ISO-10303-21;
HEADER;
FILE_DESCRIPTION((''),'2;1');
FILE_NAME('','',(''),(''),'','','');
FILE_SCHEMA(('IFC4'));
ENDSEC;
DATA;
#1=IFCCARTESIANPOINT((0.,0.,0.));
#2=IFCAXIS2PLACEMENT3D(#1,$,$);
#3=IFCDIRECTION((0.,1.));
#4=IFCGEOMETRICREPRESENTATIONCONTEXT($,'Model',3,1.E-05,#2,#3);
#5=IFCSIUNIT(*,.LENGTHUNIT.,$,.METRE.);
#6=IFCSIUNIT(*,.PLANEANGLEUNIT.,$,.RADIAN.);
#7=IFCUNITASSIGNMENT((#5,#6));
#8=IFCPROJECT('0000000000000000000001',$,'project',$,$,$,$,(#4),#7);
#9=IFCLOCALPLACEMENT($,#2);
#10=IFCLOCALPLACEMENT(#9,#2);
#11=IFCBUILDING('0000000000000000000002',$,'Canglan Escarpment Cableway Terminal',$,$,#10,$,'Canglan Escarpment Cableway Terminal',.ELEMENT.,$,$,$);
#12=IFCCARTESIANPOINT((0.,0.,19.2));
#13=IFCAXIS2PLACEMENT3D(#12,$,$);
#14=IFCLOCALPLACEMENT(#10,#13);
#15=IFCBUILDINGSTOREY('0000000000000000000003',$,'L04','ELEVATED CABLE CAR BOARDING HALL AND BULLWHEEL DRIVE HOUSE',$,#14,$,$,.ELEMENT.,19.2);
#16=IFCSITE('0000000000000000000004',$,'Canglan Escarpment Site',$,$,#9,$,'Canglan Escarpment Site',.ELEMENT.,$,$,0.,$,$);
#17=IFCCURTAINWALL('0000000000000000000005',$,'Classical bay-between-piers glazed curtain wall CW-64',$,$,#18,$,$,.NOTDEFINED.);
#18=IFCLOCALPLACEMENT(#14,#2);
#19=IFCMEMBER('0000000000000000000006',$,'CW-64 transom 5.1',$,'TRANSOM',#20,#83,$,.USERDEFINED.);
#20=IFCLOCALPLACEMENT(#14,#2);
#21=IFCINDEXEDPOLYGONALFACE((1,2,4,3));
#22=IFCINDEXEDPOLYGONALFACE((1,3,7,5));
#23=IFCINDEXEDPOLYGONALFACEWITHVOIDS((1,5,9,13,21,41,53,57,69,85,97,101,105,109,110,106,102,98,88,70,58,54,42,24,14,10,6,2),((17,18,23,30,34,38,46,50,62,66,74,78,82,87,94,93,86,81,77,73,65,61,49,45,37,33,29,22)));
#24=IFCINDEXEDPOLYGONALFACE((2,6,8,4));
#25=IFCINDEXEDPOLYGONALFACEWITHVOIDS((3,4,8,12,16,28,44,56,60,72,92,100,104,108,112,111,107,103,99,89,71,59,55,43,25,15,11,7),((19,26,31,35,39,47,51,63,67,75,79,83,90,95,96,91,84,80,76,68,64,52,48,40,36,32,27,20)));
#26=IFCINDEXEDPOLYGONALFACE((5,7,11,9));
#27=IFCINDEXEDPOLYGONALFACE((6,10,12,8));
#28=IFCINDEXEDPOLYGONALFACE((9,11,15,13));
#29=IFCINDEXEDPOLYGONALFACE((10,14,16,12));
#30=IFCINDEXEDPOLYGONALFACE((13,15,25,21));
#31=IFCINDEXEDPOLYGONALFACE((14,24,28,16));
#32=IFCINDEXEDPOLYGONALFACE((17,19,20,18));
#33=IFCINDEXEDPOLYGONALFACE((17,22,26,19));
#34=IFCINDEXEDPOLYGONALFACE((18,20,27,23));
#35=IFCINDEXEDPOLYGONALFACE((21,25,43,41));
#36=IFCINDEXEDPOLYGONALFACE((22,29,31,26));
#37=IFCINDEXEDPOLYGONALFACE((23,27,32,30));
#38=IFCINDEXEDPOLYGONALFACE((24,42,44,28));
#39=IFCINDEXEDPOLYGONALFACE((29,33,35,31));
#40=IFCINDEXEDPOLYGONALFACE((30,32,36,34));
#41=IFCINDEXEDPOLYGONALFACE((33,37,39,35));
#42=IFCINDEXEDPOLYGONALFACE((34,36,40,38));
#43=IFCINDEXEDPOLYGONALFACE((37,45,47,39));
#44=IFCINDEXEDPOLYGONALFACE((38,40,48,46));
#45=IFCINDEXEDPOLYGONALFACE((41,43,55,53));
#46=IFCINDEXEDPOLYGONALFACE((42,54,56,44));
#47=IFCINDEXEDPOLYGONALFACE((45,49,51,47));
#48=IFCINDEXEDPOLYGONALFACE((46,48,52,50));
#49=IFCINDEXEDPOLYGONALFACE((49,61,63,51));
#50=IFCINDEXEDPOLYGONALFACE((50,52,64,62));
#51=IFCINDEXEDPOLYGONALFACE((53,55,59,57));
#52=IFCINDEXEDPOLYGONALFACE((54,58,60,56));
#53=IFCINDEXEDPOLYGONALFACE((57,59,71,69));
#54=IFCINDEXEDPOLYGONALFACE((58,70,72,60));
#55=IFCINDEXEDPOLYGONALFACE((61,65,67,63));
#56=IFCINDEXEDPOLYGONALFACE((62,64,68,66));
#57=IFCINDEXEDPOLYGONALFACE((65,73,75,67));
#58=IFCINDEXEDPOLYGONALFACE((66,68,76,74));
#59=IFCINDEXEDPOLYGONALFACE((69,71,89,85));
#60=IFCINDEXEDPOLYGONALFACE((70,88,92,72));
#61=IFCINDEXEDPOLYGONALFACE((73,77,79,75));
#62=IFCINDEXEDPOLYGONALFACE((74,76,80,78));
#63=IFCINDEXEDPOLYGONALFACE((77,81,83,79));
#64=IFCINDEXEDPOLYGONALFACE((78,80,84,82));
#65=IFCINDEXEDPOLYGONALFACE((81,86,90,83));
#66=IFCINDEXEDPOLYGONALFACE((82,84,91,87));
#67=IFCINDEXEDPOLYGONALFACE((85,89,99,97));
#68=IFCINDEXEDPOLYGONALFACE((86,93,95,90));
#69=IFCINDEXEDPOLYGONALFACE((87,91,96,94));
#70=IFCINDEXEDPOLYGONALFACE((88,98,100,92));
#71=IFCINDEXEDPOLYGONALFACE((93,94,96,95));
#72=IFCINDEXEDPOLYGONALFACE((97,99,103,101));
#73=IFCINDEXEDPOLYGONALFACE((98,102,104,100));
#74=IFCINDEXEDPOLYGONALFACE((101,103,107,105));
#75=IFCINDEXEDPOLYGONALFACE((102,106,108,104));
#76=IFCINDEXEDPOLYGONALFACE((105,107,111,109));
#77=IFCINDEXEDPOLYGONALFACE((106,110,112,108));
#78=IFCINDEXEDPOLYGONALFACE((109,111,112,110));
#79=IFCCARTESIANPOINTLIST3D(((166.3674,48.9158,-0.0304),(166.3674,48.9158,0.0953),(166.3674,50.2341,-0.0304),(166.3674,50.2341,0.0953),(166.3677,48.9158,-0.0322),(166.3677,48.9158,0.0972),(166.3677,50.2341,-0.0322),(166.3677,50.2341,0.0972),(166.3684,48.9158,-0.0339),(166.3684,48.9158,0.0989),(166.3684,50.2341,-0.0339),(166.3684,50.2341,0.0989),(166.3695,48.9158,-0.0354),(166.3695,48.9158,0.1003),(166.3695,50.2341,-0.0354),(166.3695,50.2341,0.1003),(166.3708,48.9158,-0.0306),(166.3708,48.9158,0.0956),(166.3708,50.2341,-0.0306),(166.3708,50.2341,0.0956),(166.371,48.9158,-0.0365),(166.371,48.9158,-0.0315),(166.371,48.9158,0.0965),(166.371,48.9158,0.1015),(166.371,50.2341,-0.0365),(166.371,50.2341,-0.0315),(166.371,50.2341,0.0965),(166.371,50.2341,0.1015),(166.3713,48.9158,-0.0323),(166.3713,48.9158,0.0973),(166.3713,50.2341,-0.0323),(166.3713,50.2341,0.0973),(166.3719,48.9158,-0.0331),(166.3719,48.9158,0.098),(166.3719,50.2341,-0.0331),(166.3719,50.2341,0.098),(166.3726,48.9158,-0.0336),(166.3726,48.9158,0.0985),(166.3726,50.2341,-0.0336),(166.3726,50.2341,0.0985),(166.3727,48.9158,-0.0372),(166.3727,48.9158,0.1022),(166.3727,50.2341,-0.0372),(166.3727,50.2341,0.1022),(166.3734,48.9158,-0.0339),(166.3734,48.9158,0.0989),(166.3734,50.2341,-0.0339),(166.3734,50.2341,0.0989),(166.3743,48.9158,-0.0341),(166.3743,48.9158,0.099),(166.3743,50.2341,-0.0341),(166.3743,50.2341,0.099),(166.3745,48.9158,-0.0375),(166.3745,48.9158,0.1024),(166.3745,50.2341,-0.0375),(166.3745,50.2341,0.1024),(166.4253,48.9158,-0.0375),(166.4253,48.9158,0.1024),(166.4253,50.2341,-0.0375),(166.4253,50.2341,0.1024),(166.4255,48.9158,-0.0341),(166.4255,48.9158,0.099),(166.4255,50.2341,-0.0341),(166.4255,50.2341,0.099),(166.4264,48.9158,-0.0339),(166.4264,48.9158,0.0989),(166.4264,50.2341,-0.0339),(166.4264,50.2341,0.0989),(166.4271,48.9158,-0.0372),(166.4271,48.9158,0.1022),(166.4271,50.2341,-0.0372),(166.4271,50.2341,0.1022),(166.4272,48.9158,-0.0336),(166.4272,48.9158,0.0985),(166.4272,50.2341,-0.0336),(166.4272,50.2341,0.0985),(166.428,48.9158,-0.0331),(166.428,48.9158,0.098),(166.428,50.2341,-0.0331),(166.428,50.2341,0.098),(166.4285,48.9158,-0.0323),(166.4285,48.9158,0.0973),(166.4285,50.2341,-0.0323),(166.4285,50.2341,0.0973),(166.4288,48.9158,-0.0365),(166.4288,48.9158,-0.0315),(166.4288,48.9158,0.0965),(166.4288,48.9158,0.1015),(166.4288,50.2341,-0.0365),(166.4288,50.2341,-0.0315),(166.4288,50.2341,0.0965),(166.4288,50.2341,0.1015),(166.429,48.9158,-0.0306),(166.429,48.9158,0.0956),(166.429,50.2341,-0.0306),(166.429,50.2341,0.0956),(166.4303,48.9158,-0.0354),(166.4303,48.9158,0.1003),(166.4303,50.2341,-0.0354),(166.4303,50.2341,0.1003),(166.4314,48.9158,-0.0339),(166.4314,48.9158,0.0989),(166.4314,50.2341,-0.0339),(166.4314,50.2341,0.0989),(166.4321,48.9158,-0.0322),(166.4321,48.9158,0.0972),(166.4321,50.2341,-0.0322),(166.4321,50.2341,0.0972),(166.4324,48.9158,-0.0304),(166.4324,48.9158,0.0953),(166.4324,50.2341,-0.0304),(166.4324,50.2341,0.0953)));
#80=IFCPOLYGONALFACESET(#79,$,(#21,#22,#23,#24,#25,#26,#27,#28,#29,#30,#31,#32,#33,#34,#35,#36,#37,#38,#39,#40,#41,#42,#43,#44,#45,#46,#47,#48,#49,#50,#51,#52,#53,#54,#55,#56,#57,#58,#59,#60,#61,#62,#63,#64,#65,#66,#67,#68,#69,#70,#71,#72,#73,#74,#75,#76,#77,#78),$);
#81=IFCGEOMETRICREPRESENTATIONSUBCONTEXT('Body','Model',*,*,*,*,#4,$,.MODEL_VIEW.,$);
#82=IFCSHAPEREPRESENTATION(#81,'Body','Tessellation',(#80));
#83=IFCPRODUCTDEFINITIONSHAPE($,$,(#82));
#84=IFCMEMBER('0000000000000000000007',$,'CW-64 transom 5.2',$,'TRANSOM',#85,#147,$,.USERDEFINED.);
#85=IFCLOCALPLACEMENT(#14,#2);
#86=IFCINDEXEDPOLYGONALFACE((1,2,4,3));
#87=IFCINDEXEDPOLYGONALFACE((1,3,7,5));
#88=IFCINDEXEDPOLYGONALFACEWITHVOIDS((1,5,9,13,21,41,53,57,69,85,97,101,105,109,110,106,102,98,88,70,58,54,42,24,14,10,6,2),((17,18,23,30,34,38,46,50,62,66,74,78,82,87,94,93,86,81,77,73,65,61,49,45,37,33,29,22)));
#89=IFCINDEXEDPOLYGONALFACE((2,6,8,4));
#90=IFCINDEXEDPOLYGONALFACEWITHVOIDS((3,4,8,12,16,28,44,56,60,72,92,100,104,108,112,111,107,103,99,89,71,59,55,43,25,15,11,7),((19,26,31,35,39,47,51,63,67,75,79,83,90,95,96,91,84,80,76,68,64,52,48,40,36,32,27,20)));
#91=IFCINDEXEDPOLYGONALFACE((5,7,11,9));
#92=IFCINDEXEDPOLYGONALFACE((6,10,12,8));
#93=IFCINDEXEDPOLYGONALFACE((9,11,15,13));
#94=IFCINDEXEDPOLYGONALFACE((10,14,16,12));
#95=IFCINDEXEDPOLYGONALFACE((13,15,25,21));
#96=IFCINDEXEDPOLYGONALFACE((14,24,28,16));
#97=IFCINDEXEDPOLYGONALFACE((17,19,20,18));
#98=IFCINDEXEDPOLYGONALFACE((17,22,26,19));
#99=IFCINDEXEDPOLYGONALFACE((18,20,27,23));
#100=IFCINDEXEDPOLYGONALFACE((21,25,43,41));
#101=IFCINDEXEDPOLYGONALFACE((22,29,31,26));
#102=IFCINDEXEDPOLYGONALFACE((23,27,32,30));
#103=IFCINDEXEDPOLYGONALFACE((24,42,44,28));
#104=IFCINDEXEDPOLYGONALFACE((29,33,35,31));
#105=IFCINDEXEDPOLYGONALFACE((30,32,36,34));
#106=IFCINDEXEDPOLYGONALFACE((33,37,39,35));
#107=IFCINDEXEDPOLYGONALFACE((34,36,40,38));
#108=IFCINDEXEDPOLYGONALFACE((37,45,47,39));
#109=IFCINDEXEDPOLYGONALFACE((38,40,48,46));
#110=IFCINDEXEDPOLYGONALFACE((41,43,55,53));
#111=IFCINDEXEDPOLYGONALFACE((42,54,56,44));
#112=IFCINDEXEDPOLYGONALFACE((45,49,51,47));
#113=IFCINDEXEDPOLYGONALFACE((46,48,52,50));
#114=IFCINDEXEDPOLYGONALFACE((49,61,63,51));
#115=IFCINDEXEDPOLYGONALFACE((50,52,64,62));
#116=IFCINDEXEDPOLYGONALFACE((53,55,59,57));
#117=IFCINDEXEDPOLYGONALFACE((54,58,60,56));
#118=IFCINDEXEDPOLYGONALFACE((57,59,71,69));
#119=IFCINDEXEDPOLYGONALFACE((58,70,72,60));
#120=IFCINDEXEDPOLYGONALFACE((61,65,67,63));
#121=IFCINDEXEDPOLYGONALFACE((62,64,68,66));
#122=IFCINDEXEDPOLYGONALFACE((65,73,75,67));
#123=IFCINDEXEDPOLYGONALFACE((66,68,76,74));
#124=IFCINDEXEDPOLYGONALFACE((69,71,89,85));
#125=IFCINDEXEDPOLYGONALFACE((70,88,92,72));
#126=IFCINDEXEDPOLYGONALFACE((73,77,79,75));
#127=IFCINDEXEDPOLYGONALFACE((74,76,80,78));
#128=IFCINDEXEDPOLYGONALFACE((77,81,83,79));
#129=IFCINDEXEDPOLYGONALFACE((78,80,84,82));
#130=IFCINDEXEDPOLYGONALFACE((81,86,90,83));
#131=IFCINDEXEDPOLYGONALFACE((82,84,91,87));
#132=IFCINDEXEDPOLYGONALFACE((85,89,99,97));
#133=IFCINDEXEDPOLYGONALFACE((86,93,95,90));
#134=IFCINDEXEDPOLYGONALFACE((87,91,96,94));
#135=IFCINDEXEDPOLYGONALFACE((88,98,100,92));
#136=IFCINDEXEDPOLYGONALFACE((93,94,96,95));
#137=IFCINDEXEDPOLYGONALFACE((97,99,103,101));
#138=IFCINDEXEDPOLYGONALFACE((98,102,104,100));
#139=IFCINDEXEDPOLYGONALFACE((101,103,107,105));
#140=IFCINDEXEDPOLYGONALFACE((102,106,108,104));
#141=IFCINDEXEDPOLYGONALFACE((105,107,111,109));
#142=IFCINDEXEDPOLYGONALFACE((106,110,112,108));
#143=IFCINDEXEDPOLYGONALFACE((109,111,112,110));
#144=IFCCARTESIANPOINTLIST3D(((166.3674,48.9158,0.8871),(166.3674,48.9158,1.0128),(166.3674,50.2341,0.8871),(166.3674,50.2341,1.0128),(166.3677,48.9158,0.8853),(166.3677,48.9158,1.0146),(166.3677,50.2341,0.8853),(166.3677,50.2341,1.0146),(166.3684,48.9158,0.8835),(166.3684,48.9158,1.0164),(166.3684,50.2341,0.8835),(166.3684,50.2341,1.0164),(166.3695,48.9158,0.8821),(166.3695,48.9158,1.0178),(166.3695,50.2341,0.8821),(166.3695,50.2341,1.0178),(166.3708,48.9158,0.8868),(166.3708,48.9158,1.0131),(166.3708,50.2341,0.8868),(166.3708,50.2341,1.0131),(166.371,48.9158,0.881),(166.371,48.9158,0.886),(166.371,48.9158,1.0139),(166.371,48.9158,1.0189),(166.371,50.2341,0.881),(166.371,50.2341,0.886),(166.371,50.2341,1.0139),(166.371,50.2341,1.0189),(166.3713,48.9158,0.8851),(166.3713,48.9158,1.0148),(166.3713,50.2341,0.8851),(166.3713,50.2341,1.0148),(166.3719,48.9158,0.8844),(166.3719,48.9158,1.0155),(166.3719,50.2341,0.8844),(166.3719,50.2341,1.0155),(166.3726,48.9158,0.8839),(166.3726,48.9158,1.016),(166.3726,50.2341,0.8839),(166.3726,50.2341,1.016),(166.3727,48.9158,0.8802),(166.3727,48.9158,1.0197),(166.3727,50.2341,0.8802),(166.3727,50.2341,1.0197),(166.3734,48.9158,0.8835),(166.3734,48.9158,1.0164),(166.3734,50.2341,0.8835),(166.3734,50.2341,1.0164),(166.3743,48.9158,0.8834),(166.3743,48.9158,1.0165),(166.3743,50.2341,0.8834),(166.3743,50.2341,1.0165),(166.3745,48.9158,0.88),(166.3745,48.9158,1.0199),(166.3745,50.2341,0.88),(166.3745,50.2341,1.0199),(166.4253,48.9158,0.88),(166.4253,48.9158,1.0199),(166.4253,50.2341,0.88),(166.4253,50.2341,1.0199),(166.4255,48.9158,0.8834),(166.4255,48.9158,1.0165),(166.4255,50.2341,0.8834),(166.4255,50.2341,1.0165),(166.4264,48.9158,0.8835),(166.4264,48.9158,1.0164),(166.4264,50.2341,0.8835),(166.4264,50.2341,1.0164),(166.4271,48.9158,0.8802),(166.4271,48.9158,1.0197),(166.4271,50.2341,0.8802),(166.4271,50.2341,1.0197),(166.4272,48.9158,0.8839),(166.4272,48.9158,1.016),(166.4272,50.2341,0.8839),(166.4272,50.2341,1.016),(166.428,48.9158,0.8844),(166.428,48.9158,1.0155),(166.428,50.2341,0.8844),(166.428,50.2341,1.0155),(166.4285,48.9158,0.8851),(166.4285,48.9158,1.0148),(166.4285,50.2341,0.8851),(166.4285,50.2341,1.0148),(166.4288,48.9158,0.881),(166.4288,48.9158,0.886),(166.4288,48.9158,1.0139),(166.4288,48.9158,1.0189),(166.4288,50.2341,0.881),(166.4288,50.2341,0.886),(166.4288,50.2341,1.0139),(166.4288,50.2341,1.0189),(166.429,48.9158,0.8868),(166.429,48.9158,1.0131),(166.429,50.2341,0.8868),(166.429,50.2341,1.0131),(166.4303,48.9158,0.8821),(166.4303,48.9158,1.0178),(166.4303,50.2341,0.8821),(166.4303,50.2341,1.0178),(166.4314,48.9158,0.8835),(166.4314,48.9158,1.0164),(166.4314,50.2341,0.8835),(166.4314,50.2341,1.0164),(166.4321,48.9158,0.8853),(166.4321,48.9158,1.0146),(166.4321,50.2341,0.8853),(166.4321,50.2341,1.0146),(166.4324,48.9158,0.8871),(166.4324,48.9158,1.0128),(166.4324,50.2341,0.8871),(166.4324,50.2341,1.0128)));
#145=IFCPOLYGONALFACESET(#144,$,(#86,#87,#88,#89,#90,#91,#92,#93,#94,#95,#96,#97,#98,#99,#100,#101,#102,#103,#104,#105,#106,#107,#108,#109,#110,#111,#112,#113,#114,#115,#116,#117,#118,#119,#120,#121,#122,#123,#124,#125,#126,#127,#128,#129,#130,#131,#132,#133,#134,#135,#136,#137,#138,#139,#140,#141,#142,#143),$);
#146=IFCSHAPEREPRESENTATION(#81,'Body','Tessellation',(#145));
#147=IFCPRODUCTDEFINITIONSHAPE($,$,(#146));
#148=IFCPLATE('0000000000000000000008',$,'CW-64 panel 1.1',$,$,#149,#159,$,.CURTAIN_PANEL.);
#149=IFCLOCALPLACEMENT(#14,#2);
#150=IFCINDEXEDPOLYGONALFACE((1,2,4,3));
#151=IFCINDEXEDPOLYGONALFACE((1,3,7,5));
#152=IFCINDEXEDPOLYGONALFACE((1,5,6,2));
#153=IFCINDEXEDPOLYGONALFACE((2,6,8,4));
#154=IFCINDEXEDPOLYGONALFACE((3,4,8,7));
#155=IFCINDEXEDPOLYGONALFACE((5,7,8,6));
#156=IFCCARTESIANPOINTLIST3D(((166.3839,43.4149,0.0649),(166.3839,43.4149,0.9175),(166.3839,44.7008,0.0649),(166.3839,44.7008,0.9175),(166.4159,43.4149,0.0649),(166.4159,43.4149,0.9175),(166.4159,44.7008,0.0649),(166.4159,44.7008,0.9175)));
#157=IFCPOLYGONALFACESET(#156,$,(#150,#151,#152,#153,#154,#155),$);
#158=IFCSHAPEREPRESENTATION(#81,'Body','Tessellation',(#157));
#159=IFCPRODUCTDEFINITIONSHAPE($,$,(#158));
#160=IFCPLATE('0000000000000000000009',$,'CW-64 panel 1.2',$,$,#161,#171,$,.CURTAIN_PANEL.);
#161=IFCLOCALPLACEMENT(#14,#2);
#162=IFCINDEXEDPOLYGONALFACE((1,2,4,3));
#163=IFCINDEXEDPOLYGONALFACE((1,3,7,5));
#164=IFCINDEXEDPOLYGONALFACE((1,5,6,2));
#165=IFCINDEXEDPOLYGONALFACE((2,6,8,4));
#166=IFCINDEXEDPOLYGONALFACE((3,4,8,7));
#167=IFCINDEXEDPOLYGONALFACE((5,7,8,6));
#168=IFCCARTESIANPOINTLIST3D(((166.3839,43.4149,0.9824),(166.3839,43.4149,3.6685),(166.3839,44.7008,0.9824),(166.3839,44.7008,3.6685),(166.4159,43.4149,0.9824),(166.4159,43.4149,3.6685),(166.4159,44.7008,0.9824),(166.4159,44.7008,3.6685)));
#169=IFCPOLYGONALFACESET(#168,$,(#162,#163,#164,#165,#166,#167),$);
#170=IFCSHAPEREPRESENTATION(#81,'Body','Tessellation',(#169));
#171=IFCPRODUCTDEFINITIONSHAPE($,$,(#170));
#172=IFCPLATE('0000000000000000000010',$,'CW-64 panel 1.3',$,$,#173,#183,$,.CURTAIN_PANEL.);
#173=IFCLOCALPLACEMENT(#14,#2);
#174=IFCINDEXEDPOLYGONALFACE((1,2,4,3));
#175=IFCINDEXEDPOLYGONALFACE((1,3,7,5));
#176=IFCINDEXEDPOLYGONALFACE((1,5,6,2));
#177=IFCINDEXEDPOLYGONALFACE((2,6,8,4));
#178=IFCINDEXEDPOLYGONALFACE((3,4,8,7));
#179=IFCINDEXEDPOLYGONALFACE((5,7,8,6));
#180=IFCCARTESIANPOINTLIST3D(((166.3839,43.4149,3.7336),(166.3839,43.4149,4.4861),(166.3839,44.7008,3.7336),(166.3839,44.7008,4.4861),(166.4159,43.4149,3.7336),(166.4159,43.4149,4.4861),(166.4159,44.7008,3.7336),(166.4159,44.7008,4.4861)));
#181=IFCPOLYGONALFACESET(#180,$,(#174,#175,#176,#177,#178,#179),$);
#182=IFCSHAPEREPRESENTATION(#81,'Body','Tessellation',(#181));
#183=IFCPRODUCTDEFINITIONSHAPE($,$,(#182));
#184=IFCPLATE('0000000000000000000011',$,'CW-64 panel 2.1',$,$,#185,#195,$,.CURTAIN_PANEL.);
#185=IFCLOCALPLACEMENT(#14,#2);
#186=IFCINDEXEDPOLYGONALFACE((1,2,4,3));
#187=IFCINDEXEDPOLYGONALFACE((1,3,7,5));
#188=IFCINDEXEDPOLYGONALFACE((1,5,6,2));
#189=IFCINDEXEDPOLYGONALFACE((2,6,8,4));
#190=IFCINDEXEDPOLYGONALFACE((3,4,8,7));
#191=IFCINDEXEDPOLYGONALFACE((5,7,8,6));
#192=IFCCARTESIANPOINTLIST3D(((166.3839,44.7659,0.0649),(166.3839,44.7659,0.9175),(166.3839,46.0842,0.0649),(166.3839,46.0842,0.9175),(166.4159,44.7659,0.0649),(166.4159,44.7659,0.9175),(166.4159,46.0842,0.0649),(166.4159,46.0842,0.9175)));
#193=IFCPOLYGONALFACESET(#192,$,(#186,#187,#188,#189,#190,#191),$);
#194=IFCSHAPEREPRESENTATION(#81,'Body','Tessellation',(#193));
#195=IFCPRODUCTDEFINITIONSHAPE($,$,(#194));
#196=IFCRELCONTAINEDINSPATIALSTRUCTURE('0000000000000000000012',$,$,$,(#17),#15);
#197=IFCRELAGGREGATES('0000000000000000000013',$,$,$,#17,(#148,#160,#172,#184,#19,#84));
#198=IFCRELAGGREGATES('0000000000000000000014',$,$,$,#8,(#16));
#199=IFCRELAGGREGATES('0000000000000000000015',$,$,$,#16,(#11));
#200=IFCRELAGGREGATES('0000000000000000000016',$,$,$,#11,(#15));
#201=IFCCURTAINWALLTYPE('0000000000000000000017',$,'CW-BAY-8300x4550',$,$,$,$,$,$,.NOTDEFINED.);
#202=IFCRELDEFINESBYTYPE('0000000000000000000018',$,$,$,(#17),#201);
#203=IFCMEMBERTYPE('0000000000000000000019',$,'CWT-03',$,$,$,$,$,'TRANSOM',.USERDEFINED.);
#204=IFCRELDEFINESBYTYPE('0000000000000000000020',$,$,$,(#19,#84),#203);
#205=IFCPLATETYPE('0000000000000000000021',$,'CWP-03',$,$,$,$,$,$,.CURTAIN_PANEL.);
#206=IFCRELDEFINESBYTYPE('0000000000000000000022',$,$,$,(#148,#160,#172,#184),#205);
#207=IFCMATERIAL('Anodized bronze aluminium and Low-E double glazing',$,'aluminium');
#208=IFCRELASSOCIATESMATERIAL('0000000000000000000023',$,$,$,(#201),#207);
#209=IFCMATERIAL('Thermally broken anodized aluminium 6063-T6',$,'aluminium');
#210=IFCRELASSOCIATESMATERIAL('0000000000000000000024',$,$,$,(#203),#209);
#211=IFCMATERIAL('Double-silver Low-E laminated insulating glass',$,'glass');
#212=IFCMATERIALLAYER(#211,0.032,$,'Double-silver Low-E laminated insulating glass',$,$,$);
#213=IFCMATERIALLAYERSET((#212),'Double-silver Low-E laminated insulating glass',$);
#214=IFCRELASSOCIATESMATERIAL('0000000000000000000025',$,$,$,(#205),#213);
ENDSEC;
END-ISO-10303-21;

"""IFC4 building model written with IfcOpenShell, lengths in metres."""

from ifc_helpers import new_model, si_unit, direction, frame, origin, origin_2d, place, context, subcontext, project, spatial, rectangle, hollow_rectangle, extrude, material, layer, layer_set, material_profile, profile_set, type_object, element, aggregate, save


model = new_model("IFC4")

# Units and contexts
model_context = context("Model", 3, precision=1e-05, world=origin(), true_north=direction((0.0, 1.0)))
body_context = subcontext(model_context, "Body", "Model", "MODEL_VIEW")
ifc_project = project(units=[si_unit("LENGTHUNIT", "METRE"), si_unit("PLANEANGLEUNIT", "RADIAN")], contexts=[model_context])

# Site, building, storey
site_placement = place(None, origin())
site = spatial("IfcSite", under=ifc_project, at=site_placement, Name="Canglan Escarpment Site", LongName="Canglan Escarpment Site", CompositionType="ELEMENT", RefElevation=0.0)
building_placement = place(site_placement, origin())
building = spatial("IfcBuilding", under=site, at=building_placement, Name="Canglan Escarpment Cableway Terminal", LongName="Canglan Escarpment Cableway Terminal", CompositionType="ELEMENT")
storey_placement = place(building_placement, frame((0.0, 0.0, 19.2)))
storey = spatial("IfcBuildingStorey", under=building, at=storey_placement, Name="L04", Description="ELEVATED CABLE CAR BOARDING HALL AND BULLWHEEL DRIVE HOUSE", CompositionType="ELEMENT", Elevation=19.2)

# Curtain wall, members, plates
ifc_material_1 = material(Name="Anodized bronze aluminium and Low-E double glazing", Category="aluminium")
curtain_wall_type = type_object("IfcCurtainWallType", Name="CW-BAY-8300x4550", PredefinedType="NOTDEFINED", material=ifc_material_1)
curtain_wall_placement = place(storey_placement, origin())
curtain_wall = element("IfcCurtainWall", 1, at=curtain_wall_placement, inside=storey, type_object=curtain_wall_type, Name="Classical bay-between-piers glazed curtain wall CW-64", PredefinedType="NOTDEFINED")
ifc_material_2 = material(Name="Thermally broken anodized aluminium 6063-T6", Category="aluminium")
ifc_material_profile_1 = material_profile(ifc_material_2, hollow_rectangle(XDim=0.0649, YDim=0.1399, WallThickness=0.0034, InnerFilletRadius=0.0034, OuterFilletRadius=0.0071, at=origin_2d()), Name="ALU-TRAN 65x140x3.5")
ifc_profile_set_1 = profile_set([ifc_material_profile_1], Name="Thermally broken anodized aluminium 6063-T6")
member_type_1 = type_object("IfcMemberType", Name="CWT-03", ElementType="TRANSOM", PredefinedType="USERDEFINED", material=ifc_profile_set_1)
member_1_placement = place(storey_placement, frame((166.3999, 48.9158, 0.0325), z_axis=(0.0, 1.0, 0.0), x_axis=(-1.0, 0.0, 0.0)))
member_1 = element("IfcMember", 2, at=member_1_placement, type_object=member_type_1, Name="CW-64 transom 5.1", ObjectType="TRANSOM", PredefinedType="USERDEFINED", context=body_context, shape_type="SweptSolid", body=[
    extrude(hollow_rectangle(XDim=0.0649, YDim=0.1399, WallThickness=0.0034, InnerFilletRadius=0.0034, OuterFilletRadius=0.0071, at=origin_2d()), origin(), (0.0, 0.0, 1.0), 1.3184),
])
member_2_placement = place(storey_placement, frame((166.3999, 48.9158, 0.95), z_axis=(0.0, 1.0, 0.0), x_axis=(-1.0, 0.0, 0.0)))
member_2 = element("IfcMember", 3, at=member_2_placement, type_object=member_type_1, Name="CW-64 transom 5.2", ObjectType="TRANSOM", PredefinedType="USERDEFINED", context=body_context, shape_type="SweptSolid", body=[
    extrude(hollow_rectangle(XDim=0.0649, YDim=0.1399, WallThickness=0.0034, InnerFilletRadius=0.0034, OuterFilletRadius=0.0071, at=origin_2d()), origin(), (0.0, 0.0, 1.0), 1.3184),
])
ifc_material_3 = material(Name="Double-silver Low-E laminated insulating glass", Category="glass")
ifc_layer_1 = layer(ifc_material_3, 0.032, Name="Double-silver Low-E laminated insulating glass")
ifc_layer_set_1 = layer_set([ifc_layer_1], Name="Double-silver Low-E laminated insulating glass")
plate_type = type_object("IfcPlateType", Name="CWP-03", PredefinedType="CURTAIN_PANEL", material=ifc_layer_set_1)
plate_1_placement = place(storey_placement, frame((166.3999, 44.0579, 0.0649), z_axis=(0.0, 0.0, 1.0), x_axis=(0.0, 1.0, 0.0)))
plate_1 = element("IfcPlate", 4, at=plate_1_placement, type_object=plate_type, Name="CW-64 panel 1.1", PredefinedType="CURTAIN_PANEL", context=body_context, shape_type="SweptSolid", body=[
    extrude(rectangle(XDim=1.2859, YDim=0.032, at=origin_2d()), origin(), (0.0, 0.0, 1.0), 0.8525),
])
plate_2_placement = place(storey_placement, frame((166.3999, 44.0579, 0.9824), z_axis=(0.0, 0.0, 1.0), x_axis=(0.0, 1.0, 0.0)))
plate_2 = element("IfcPlate", 5, at=plate_2_placement, type_object=plate_type, Name="CW-64 panel 1.2", PredefinedType="CURTAIN_PANEL", context=body_context, shape_type="SweptSolid", body=[
    extrude(rectangle(XDim=1.2859, YDim=0.032, at=origin_2d()), origin(), (0.0, 0.0, 1.0), 2.686),
])
plate_3_placement = place(storey_placement, frame((166.3999, 44.0579, 3.7336), z_axis=(0.0, 0.0, 1.0), x_axis=(0.0, 1.0, 0.0)))
plate_3 = element("IfcPlate", 6, at=plate_3_placement, type_object=plate_type, Name="CW-64 panel 1.3", PredefinedType="CURTAIN_PANEL", context=body_context, shape_type="SweptSolid", body=[
    extrude(rectangle(XDim=1.2859, YDim=0.032, at=origin_2d()), origin(), (0.0, 0.0, 1.0), 0.7524),
])
plate_4_placement = place(storey_placement, frame((166.3999, 45.425, 0.0649), z_axis=(0.0, 0.0, 1.0), x_axis=(0.0, 1.0, 0.0)))
plate_4 = element("IfcPlate", 7, at=plate_4_placement, type_object=plate_type, Name="CW-64 panel 2.1", PredefinedType="CURTAIN_PANEL", context=body_context, shape_type="SweptSolid", body=[
    extrude(rectangle(XDim=1.3184, YDim=0.032, at=origin_2d()), origin(), (0.0, 0.0, 1.0), 0.8525),
])
aggregate(curtain_wall, [plate_1, plate_2, plate_3, plate_4, member_1, member_2])

save(model, "model.ifc")
